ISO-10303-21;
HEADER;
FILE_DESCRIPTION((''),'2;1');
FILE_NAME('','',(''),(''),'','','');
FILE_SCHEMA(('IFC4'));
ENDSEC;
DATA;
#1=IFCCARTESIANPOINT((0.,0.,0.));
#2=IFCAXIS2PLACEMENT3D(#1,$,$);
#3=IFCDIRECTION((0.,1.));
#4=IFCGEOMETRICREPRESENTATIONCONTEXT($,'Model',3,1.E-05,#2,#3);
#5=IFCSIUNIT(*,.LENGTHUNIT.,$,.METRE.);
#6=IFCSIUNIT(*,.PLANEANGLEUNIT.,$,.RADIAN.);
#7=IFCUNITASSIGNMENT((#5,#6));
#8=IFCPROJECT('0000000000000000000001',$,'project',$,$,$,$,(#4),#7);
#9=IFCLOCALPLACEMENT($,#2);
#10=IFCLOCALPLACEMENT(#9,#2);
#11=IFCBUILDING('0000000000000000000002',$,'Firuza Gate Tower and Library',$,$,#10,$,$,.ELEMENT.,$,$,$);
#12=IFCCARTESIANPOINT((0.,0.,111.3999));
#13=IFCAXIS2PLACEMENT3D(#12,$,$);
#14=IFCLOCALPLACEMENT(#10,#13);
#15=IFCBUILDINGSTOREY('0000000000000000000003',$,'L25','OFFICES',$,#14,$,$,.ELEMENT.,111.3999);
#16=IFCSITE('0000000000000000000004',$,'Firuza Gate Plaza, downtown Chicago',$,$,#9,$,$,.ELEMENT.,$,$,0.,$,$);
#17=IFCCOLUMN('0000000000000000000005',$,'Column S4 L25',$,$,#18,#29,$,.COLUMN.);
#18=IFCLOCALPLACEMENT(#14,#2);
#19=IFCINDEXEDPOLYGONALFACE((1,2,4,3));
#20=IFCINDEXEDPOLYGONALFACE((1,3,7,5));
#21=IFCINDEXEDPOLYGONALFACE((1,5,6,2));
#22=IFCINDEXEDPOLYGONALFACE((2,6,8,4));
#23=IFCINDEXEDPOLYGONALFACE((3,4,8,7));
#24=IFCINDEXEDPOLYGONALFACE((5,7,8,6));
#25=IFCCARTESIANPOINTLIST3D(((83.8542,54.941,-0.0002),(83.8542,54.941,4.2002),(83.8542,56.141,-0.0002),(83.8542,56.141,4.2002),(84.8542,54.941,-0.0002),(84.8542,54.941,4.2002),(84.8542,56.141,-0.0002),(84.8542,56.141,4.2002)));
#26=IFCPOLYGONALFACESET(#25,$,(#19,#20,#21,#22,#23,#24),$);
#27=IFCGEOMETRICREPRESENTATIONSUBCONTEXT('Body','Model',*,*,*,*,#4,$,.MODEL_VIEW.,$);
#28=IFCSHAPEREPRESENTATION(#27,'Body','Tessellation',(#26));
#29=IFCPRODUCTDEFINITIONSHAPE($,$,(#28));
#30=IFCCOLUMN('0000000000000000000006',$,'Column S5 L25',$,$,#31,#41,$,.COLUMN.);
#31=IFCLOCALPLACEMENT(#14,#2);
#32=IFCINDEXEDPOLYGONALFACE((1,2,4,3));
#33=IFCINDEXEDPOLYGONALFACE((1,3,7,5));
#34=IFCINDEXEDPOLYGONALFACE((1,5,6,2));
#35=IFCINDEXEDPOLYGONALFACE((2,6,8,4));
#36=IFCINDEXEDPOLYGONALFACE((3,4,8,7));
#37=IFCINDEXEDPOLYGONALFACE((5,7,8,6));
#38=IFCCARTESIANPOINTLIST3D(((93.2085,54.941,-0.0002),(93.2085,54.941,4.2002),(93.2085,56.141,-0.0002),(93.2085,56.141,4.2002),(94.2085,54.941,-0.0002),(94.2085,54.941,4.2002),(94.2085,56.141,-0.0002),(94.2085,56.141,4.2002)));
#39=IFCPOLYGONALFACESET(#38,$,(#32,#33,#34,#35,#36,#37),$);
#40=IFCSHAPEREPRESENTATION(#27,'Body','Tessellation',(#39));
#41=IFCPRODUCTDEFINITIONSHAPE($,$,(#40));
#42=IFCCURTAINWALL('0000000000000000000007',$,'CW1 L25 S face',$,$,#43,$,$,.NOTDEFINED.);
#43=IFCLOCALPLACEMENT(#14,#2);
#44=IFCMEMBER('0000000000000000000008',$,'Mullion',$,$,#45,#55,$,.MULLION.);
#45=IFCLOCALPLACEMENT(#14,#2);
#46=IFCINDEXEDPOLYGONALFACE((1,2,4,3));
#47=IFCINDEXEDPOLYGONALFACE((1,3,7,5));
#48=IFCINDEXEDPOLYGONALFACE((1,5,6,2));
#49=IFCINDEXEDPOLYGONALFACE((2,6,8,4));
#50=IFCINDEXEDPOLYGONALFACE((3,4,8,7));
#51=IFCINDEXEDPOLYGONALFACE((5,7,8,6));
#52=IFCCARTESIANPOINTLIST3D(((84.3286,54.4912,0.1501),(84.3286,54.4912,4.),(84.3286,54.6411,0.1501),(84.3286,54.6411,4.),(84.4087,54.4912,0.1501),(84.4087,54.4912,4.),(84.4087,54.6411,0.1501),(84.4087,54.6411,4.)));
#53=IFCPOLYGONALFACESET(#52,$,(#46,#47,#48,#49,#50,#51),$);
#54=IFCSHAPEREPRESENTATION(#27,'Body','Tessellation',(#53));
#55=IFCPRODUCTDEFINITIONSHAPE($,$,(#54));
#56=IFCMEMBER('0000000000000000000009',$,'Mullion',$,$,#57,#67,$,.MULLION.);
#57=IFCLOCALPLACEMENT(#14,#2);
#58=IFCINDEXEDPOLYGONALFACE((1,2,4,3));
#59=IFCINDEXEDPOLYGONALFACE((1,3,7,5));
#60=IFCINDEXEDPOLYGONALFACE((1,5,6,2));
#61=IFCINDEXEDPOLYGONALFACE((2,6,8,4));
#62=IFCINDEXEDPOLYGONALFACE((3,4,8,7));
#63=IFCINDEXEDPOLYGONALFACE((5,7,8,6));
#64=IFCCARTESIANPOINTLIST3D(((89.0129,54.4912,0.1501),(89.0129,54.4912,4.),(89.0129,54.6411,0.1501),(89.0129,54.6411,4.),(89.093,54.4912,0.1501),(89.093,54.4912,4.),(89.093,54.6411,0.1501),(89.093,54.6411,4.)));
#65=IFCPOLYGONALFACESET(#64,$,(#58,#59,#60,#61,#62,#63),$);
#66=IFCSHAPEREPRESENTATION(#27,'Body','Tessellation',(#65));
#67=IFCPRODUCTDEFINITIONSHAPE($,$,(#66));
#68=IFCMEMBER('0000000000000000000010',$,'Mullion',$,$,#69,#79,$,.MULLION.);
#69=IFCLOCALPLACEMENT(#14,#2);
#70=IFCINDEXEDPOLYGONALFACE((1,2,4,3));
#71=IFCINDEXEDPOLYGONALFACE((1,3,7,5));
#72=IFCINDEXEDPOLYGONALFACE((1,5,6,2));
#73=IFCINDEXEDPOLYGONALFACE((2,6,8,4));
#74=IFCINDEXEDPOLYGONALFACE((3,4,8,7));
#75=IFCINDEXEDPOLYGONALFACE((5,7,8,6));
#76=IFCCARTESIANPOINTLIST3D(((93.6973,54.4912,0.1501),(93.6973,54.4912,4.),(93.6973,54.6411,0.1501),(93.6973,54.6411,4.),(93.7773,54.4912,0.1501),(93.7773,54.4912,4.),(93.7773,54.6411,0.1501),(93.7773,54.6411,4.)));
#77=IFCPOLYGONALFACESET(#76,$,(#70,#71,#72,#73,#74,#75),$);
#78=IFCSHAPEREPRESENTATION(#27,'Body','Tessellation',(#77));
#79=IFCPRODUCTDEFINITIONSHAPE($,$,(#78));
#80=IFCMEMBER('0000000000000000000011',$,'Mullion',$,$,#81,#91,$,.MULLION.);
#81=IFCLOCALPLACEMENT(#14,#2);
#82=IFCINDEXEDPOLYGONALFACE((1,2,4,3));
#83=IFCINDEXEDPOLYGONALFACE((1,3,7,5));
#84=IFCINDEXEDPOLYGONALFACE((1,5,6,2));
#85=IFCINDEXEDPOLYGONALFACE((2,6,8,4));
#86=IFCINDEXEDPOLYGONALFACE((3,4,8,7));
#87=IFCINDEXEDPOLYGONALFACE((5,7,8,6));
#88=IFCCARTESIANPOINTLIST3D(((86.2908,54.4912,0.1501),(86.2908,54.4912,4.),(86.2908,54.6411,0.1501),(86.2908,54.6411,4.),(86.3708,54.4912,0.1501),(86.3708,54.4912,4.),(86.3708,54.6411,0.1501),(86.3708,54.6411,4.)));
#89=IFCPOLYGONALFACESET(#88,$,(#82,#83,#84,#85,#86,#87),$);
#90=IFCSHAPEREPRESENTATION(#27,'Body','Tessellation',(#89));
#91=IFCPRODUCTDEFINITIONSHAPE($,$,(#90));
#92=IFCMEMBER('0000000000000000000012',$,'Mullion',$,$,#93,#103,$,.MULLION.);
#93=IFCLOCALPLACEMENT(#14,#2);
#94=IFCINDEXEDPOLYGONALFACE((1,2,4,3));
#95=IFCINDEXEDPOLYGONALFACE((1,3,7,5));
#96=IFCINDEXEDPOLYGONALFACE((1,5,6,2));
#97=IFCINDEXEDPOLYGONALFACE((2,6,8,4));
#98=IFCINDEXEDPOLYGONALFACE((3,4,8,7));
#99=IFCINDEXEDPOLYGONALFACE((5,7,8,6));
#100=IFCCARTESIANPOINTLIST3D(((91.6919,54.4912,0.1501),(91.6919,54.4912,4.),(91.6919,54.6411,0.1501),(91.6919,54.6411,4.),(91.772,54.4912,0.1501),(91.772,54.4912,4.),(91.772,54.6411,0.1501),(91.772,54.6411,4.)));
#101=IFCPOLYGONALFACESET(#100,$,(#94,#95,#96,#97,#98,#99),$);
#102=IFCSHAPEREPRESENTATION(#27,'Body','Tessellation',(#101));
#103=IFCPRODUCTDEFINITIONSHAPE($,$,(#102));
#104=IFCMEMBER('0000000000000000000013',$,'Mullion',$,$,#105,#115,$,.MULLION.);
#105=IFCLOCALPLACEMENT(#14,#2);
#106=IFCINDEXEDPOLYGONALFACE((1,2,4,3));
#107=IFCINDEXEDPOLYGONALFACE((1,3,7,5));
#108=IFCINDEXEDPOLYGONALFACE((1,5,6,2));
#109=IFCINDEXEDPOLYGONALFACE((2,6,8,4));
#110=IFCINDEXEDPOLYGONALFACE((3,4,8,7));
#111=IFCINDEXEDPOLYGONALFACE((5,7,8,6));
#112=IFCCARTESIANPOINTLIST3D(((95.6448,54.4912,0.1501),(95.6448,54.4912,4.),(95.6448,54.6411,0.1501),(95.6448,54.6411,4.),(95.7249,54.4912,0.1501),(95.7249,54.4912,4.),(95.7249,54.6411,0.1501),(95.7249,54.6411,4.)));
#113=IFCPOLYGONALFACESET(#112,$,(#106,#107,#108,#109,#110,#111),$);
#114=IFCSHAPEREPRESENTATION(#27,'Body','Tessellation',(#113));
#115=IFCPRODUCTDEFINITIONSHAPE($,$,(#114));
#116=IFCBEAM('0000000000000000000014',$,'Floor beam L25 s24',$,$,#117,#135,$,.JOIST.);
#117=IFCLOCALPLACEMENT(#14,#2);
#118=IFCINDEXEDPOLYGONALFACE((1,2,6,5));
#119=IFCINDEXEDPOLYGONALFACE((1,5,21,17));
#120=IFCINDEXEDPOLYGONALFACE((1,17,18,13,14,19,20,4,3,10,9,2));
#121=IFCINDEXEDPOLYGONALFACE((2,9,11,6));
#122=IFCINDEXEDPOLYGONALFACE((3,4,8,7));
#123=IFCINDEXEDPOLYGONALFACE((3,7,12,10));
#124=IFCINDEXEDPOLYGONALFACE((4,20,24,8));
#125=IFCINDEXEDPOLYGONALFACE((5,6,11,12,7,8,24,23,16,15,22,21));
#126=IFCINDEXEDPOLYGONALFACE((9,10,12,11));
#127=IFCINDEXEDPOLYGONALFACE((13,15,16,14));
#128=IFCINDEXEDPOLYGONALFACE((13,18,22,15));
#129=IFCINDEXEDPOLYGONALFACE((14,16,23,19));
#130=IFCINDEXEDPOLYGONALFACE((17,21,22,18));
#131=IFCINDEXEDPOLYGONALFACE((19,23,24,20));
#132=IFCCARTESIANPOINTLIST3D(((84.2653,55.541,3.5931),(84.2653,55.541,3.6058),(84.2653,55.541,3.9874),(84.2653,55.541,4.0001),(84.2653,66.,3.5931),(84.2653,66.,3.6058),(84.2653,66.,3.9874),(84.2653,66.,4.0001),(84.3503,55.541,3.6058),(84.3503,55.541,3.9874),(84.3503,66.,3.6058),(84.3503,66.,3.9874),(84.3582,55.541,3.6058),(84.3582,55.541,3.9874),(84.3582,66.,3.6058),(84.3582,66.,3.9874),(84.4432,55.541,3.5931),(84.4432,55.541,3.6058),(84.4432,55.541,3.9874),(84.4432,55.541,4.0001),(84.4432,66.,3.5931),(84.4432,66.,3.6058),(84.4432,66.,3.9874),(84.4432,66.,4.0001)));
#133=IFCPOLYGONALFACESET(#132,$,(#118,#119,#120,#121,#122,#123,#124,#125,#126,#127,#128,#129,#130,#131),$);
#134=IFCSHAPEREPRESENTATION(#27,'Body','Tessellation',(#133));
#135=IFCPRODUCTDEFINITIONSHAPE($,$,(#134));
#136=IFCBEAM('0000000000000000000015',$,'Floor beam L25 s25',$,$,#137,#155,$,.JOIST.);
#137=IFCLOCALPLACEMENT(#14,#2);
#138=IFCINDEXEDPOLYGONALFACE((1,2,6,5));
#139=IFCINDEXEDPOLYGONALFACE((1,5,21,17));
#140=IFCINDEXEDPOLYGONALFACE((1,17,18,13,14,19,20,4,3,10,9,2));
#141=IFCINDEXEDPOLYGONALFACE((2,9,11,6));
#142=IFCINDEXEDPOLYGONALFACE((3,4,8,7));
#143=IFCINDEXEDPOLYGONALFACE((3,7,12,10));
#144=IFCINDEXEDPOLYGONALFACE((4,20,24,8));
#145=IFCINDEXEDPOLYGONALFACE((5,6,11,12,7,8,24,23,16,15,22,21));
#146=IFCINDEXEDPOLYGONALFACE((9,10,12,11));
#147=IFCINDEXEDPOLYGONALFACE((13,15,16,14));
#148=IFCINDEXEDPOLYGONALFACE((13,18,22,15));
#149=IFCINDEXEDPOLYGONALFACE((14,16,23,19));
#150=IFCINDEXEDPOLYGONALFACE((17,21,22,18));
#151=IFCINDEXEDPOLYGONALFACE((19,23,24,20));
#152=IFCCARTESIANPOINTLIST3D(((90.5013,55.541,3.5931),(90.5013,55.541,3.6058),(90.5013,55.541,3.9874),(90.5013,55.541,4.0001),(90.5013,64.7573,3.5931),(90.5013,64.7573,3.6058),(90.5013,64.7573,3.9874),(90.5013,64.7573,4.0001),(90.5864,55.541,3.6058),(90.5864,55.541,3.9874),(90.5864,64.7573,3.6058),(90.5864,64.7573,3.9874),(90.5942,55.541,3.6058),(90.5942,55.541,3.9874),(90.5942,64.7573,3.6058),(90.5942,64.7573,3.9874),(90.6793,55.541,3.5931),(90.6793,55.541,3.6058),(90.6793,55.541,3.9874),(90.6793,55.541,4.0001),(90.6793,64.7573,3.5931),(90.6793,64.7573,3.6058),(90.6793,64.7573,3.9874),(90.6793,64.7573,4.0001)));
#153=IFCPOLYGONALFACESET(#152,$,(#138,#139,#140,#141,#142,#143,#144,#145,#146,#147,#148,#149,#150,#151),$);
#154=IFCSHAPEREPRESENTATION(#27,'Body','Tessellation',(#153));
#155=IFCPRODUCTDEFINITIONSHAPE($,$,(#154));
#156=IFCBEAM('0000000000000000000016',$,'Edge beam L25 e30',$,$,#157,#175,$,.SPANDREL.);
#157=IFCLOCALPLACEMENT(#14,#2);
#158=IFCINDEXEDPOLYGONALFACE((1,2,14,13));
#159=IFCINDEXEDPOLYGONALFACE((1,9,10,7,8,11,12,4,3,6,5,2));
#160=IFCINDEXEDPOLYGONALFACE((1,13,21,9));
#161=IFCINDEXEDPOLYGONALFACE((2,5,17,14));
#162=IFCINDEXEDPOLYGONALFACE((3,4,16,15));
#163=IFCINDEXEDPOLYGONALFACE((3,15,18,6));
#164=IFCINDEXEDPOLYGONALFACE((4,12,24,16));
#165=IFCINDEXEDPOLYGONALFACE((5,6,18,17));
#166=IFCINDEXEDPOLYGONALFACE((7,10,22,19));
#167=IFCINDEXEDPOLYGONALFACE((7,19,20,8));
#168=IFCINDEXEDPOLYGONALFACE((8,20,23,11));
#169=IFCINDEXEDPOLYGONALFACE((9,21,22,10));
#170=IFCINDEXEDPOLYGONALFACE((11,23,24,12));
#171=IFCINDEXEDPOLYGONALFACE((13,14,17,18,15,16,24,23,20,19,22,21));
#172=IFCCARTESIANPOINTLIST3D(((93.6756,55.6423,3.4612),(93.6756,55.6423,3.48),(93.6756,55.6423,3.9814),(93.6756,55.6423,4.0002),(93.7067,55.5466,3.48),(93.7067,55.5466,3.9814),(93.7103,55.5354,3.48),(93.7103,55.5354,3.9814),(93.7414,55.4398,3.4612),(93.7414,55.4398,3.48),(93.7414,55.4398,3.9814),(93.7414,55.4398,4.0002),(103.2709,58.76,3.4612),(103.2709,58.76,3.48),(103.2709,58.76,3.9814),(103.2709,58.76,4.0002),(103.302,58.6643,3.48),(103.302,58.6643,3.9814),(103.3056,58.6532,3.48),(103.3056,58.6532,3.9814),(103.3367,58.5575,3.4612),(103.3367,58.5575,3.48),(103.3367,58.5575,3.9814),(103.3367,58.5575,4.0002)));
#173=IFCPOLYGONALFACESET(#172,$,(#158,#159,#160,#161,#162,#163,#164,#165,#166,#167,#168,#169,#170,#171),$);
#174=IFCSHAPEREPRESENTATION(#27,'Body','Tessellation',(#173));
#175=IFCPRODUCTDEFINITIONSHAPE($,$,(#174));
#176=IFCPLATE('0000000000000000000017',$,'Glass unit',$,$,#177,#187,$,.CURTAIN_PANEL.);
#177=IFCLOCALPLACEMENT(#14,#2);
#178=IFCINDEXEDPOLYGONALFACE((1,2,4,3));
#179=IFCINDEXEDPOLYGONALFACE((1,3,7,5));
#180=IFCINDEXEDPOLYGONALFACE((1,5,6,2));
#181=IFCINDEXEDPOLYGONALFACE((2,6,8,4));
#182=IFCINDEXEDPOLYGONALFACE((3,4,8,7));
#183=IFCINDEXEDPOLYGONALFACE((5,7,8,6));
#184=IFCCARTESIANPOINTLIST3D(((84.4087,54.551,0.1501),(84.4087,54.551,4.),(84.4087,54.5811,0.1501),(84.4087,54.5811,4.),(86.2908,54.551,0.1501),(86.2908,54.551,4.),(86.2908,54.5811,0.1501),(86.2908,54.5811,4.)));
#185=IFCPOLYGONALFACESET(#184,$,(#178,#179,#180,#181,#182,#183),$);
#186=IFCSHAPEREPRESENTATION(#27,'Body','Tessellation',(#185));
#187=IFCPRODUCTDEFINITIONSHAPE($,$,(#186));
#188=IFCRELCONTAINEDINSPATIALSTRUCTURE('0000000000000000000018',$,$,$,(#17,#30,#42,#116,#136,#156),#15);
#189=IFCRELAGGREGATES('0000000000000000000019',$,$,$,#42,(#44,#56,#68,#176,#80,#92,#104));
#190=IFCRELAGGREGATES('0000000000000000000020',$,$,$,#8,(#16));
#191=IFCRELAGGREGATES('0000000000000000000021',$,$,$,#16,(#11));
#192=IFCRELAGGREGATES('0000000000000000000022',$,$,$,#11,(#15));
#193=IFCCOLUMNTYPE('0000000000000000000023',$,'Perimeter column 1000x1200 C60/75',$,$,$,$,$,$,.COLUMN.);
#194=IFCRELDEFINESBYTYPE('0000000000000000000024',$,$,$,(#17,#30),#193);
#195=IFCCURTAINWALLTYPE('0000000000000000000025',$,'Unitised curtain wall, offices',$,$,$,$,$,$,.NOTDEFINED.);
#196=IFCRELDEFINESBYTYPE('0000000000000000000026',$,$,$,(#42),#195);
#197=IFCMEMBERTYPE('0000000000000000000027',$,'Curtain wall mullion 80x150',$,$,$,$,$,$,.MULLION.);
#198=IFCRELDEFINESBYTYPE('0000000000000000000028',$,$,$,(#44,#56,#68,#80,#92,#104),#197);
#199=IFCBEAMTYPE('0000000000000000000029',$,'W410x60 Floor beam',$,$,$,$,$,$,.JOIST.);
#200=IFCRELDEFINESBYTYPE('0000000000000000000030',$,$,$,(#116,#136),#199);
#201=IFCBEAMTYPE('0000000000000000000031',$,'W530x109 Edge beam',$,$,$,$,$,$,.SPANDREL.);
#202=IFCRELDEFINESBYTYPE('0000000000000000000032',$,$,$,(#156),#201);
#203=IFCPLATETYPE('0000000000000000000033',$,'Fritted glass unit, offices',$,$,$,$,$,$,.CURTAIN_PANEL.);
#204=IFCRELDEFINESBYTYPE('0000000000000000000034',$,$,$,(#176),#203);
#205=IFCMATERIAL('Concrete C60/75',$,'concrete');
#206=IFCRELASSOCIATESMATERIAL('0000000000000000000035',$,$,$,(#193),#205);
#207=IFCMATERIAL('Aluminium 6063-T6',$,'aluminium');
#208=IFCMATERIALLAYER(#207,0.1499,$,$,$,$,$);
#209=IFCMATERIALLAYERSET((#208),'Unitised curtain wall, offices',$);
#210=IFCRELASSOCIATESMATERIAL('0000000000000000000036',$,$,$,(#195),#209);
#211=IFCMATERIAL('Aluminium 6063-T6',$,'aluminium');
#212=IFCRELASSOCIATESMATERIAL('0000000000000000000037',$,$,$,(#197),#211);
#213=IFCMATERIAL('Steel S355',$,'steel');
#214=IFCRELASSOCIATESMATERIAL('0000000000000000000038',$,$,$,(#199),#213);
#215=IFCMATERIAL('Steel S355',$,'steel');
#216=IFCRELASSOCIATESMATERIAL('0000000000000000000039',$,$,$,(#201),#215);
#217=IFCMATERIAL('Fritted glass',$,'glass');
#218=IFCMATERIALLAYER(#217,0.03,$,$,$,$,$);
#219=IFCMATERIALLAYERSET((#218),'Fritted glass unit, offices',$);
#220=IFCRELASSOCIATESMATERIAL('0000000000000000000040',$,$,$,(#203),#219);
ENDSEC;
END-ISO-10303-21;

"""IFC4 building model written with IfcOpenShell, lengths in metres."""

from ifc_helpers import new_model, si_unit, direction, frame, origin, origin_2d, place, context, subcontext, project, spatial, polyline, rectangle, i_section, outline, extrude, material, layer, layer_set, material_profile, profile_set, type_object, element, aggregate, save


model = new_model("IFC4")

# Units and contexts
model_context = context("Model", 3, precision=1e-05, world=origin(), true_north=direction((0.0, 1.0)))
body_context = subcontext(model_context, "Body", "Model", "MODEL_VIEW")
ifc_project = project(units=[si_unit("LENGTHUNIT", "METRE"), si_unit("PLANEANGLEUNIT", "RADIAN")], contexts=[model_context])

# Site, building, storey
site_placement = place(None, origin())
site = spatial("IfcSite", under=ifc_project, at=site_placement, Name="Firuza Gate Plaza, downtown Chicago", CompositionType="ELEMENT", RefElevation=0.0)
building_placement = place(site_placement, origin())
building = spatial("IfcBuilding", under=site, at=building_placement, Name="Firuza Gate Tower and Library", CompositionType="ELEMENT")
storey_placement = place(building_placement, frame((0.0, 0.0, 111.3999)))
storey = spatial("IfcBuildingStorey", under=building, at=storey_placement, Name="L25", Description="OFFICES", CompositionType="ELEMENT", Elevation=111.3999)

# Columns
ifc_material_1 = material(Name="Concrete C60/75", Category="concrete")
ifc_material_profile_1 = material_profile(ifc_material_1, rectangle(XDim=1.0, YDim=1.2, at=origin_2d()))
ifc_profile_set_1 = profile_set([ifc_material_profile_1], Name="Concrete C60/75")
column_type = type_object("IfcColumnType", Name="Perimeter column 1000x1200 C60/75", PredefinedType="COLUMN", material=ifc_profile_set_1)
for number, where, z_axis, x_axis, name in (
    (1, (84.3542, 55.541, -0.0002), (0.0, 0.0, 1.0), (1.0, 0.0, 0.0), "Column S4 L25"),
    (2, (93.7085, 55.541, -0.0002), (0.0, 0.0, 1.0), (1.0, 0.0, 0.0), "Column S5 L25"),
):
    element("IfcColumn", number, at=place(storey_placement, frame(where, z_axis=z_axis, x_axis=x_axis)), inside=storey, type_object=column_type, Name=name, PredefinedType="COLUMN", context=body_context, shape_type="SweptSolid", body=[
        extrude(rectangle(XDim=1.0, YDim=1.2, at=origin_2d()), origin(), (0.0, 0.0, 1.0), 4.2004),
    ])

# Curtain wall, members
ifc_material_2 = material(Name="Aluminium 6063-T6", Category="aluminium")
ifc_layer_1 = layer(ifc_material_2, 0.1499)
ifc_layer_set_1 = layer_set([ifc_layer_1], Name="Unitised curtain wall, offices")
curtain_wall_type = type_object("IfcCurtainWallType", Name="Unitised curtain wall, offices", PredefinedType="NOTDEFINED", material=ifc_layer_set_1)
curtain_wall_placement = place(storey_placement, origin())
curtain_wall = element("IfcCurtainWall", 3, at=curtain_wall_placement, inside=storey, type_object=curtain_wall_type, Name="CW1 L25 S face", PredefinedType="NOTDEFINED")
ifc_material_3 = material(Name="Aluminium 6063-T6", Category="aluminium")
ifc_material_profile_2 = material_profile(ifc_material_3, rectangle(XDim=0.1499, YDim=0.0801, at=origin_2d()))
ifc_profile_set_2 = profile_set([ifc_material_profile_2], Name="Aluminium 6063-T6")
member_type = type_object("IfcMemberType", Name="Curtain wall mullion 80x150", PredefinedType="MULLION", material=ifc_profile_set_2)
member_1_placement = place(storey_placement, frame((84.3687, 54.5662, 0.1501), z_axis=(0.0, 0.0, 1.0), x_axis=(0.0, 1.0, 0.0)))
member_1 = element("IfcMember", 4, at=member_1_placement, type_object=member_type, Name="Mullion", PredefinedType="MULLION", context=body_context, shape_type="SweptSolid", body=[
    extrude(rectangle(XDim=0.1499, YDim=0.0801, at=origin_2d()), origin(), (0.0, 0.0, 1.0), 3.8499),
])
member_2_placement = place(storey_placement, frame((89.053, 54.5662, 0.1501), z_axis=(0.0, 0.0, 1.0), x_axis=(0.0, 1.0, 0.0)))
member_2 = element("IfcMember", 5, at=member_2_placement, type_object=member_type, Name="Mullion", PredefinedType="MULLION", context=body_context, shape_type="SweptSolid", body=[
    extrude(rectangle(XDim=0.1499, YDim=0.0801, at=origin_2d()), origin(), (0.0, 0.0, 1.0), 3.8499),
])
member_3_placement = place(storey_placement, frame((93.7373, 54.5662, 0.1501), z_axis=(0.0, 0.0, 1.0), x_axis=(0.0, 1.0, 0.0)))
member_3 = element("IfcMember", 6, at=member_3_placement, type_object=member_type, Name="Mullion", PredefinedType="MULLION", context=body_context, shape_type="SweptSolid", body=[
    extrude(rectangle(XDim=0.1499, YDim=0.0801, at=origin_2d()), origin(), (0.0, 0.0, 1.0), 3.8499),
])
member_4_placement = place(storey_placement, frame((86.3308, 54.5662, 0.1501), z_axis=(0.0, 0.0, 1.0), x_axis=(0.0, 1.0, 0.0)))
member_4 = element("IfcMember", 7, at=member_4_placement, type_object=member_type, Name="Mullion", PredefinedType="MULLION", context=body_context, shape_type="SweptSolid", body=[
    extrude(rectangle(XDim=0.1499, YDim=0.0801, at=origin_2d()), origin(), (0.0, 0.0, 1.0), 3.8499),
])
member_5_placement = place(storey_placement, frame((91.7319, 54.5662, 0.1501), z_axis=(0.0, 0.0, 1.0), x_axis=(0.0, 1.0, 0.0)))
member_5 = element("IfcMember", 8, at=member_5_placement, type_object=member_type, Name="Mullion", PredefinedType="MULLION", context=body_context, shape_type="SweptSolid", body=[
    extrude(rectangle(XDim=0.1499, YDim=0.0801, at=origin_2d()), origin(), (0.0, 0.0, 1.0), 3.8499),
])
member_6_placement = place(storey_placement, frame((95.6848, 54.5662, 0.1501), z_axis=(0.0, 0.0, 1.0), x_axis=(0.0, 1.0, 0.0)))
member_6 = element("IfcMember", 9, at=member_6_placement, type_object=member_type, Name="Mullion", PredefinedType="MULLION", context=body_context, shape_type="SweptSolid", body=[
    extrude(rectangle(XDim=0.1499, YDim=0.0801, at=origin_2d()), origin(), (0.0, 0.0, 1.0), 3.8499),
])

# Beams
ifc_material_4 = material(Name="Steel S355", Category="steel")
ifc_material_profile_3 = material_profile(ifc_material_4, i_section(OverallWidth=0.178, OverallDepth=0.407, WebThickness=0.0078, FlangeThickness=0.0127, at=origin_2d()))
ifc_profile_set_3 = profile_set([ifc_material_profile_3], Name="Steel S355")
beam_type_1 = type_object("IfcBeamType", Name="W410x60 Floor beam", PredefinedType="JOIST", material=ifc_profile_set_3)
beam_1_placement = place(storey_placement, frame((84.3542, 55.541, 3.7966), z_axis=(0.0, 1.0, 0.0), x_axis=(-1.0, 0.0, 0.0)))
element("IfcBeam", 10, at=beam_1_placement, inside=storey, type_object=beam_type_1, Name="Floor beam L25 s24", PredefinedType="JOIST", context=body_context, shape_type="SweptSolid", body=[
    extrude(i_section(OverallWidth=0.178, OverallDepth=0.407, WebThickness=0.0078, FlangeThickness=0.0127, at=origin_2d()), origin(), (0.0, 0.0, 1.0), 10.459),
])
beam_2_placement = place(storey_placement, frame((90.5903, 55.541, 3.7966), z_axis=(0.0, 1.0, 0.0), x_axis=(-1.0, 0.0, 0.0)))
element("IfcBeam", 11, at=beam_2_placement, inside=storey, type_object=beam_type_1, Name="Floor beam L25 s25", PredefinedType="JOIST", context=body_context, shape_type="SweptSolid", body=[
    extrude(i_section(OverallWidth=0.178, OverallDepth=0.407, WebThickness=0.0078, FlangeThickness=0.0127, at=origin_2d()), origin(), (0.0, 0.0, 1.0), 9.2163),
])
ifc_material_5 = material(Name="Steel S355", Category="steel")
ifc_material_profile_4 = material_profile(ifc_material_5, i_section(OverallWidth=0.2129, OverallDepth=0.5391, WebThickness=0.0117, FlangeThickness=0.0188, at=origin_2d()))
ifc_profile_set_4 = profile_set([ifc_material_profile_4], Name="Steel S355")
beam_type_2 = type_object("IfcBeamType", Name="W530x109 Edge beam", PredefinedType="SPANDREL", material=ifc_profile_set_4)
beam_3_placement = place(storey_placement, frame((93.7085, 55.541, 3.7307), z_axis=(0.951056, 0.309017, 0.0), x_axis=(-0.309017, 0.951056, 0.0)))
element("IfcBeam", 12, at=beam_3_placement, inside=storey, type_object=beam_type_2, Name="Edge beam L25 e30", PredefinedType="SPANDREL", context=body_context, shape_type="SweptSolid", body=[
    extrude(i_section(OverallWidth=0.2129, OverallDepth=0.5391, WebThickness=0.0117, FlangeThickness=0.0188, at=origin_2d()), origin(), (0.0, 0.0, 1.0), 10.0891),
])

# Plate
ifc_material_6 = material(Name="Fritted glass", Category="glass")
ifc_layer_2 = layer(ifc_material_6, 0.03)
ifc_layer_set_2 = layer_set([ifc_layer_2], Name="Fritted glass unit, offices")
plate_type_1 = type_object("IfcPlateType", Name="Fritted glass unit, offices", PredefinedType="CURTAIN_PANEL", material=ifc_layer_set_2)
plate_1_placement = place(storey_placement, frame((84.4087, 54.551, 0.1501), z_axis=(0.0, -1.0, 0.0), x_axis=(1.0, 0.0, 0.0)))
plate_1 = element("IfcPlate", 13, at=plate_1_placement, type_object=plate_type_1, Name="Glass unit", PredefinedType="CURTAIN_PANEL", context=body_context, shape_type="SweptSolid", body=[
    extrude(outline(polyline([(0.0, 0.0), (1.8821, 0.0), (1.8821, 3.8499), (0.0, 3.8499), (0.0, 0.0)])), origin(), (0.0, 0.0, -1.0), 0.03),
])
aggregate(curtain_wall, [member_1, member_2, member_3, plate_1, member_4, member_5, member_6])

save(model, "model.ifc")
